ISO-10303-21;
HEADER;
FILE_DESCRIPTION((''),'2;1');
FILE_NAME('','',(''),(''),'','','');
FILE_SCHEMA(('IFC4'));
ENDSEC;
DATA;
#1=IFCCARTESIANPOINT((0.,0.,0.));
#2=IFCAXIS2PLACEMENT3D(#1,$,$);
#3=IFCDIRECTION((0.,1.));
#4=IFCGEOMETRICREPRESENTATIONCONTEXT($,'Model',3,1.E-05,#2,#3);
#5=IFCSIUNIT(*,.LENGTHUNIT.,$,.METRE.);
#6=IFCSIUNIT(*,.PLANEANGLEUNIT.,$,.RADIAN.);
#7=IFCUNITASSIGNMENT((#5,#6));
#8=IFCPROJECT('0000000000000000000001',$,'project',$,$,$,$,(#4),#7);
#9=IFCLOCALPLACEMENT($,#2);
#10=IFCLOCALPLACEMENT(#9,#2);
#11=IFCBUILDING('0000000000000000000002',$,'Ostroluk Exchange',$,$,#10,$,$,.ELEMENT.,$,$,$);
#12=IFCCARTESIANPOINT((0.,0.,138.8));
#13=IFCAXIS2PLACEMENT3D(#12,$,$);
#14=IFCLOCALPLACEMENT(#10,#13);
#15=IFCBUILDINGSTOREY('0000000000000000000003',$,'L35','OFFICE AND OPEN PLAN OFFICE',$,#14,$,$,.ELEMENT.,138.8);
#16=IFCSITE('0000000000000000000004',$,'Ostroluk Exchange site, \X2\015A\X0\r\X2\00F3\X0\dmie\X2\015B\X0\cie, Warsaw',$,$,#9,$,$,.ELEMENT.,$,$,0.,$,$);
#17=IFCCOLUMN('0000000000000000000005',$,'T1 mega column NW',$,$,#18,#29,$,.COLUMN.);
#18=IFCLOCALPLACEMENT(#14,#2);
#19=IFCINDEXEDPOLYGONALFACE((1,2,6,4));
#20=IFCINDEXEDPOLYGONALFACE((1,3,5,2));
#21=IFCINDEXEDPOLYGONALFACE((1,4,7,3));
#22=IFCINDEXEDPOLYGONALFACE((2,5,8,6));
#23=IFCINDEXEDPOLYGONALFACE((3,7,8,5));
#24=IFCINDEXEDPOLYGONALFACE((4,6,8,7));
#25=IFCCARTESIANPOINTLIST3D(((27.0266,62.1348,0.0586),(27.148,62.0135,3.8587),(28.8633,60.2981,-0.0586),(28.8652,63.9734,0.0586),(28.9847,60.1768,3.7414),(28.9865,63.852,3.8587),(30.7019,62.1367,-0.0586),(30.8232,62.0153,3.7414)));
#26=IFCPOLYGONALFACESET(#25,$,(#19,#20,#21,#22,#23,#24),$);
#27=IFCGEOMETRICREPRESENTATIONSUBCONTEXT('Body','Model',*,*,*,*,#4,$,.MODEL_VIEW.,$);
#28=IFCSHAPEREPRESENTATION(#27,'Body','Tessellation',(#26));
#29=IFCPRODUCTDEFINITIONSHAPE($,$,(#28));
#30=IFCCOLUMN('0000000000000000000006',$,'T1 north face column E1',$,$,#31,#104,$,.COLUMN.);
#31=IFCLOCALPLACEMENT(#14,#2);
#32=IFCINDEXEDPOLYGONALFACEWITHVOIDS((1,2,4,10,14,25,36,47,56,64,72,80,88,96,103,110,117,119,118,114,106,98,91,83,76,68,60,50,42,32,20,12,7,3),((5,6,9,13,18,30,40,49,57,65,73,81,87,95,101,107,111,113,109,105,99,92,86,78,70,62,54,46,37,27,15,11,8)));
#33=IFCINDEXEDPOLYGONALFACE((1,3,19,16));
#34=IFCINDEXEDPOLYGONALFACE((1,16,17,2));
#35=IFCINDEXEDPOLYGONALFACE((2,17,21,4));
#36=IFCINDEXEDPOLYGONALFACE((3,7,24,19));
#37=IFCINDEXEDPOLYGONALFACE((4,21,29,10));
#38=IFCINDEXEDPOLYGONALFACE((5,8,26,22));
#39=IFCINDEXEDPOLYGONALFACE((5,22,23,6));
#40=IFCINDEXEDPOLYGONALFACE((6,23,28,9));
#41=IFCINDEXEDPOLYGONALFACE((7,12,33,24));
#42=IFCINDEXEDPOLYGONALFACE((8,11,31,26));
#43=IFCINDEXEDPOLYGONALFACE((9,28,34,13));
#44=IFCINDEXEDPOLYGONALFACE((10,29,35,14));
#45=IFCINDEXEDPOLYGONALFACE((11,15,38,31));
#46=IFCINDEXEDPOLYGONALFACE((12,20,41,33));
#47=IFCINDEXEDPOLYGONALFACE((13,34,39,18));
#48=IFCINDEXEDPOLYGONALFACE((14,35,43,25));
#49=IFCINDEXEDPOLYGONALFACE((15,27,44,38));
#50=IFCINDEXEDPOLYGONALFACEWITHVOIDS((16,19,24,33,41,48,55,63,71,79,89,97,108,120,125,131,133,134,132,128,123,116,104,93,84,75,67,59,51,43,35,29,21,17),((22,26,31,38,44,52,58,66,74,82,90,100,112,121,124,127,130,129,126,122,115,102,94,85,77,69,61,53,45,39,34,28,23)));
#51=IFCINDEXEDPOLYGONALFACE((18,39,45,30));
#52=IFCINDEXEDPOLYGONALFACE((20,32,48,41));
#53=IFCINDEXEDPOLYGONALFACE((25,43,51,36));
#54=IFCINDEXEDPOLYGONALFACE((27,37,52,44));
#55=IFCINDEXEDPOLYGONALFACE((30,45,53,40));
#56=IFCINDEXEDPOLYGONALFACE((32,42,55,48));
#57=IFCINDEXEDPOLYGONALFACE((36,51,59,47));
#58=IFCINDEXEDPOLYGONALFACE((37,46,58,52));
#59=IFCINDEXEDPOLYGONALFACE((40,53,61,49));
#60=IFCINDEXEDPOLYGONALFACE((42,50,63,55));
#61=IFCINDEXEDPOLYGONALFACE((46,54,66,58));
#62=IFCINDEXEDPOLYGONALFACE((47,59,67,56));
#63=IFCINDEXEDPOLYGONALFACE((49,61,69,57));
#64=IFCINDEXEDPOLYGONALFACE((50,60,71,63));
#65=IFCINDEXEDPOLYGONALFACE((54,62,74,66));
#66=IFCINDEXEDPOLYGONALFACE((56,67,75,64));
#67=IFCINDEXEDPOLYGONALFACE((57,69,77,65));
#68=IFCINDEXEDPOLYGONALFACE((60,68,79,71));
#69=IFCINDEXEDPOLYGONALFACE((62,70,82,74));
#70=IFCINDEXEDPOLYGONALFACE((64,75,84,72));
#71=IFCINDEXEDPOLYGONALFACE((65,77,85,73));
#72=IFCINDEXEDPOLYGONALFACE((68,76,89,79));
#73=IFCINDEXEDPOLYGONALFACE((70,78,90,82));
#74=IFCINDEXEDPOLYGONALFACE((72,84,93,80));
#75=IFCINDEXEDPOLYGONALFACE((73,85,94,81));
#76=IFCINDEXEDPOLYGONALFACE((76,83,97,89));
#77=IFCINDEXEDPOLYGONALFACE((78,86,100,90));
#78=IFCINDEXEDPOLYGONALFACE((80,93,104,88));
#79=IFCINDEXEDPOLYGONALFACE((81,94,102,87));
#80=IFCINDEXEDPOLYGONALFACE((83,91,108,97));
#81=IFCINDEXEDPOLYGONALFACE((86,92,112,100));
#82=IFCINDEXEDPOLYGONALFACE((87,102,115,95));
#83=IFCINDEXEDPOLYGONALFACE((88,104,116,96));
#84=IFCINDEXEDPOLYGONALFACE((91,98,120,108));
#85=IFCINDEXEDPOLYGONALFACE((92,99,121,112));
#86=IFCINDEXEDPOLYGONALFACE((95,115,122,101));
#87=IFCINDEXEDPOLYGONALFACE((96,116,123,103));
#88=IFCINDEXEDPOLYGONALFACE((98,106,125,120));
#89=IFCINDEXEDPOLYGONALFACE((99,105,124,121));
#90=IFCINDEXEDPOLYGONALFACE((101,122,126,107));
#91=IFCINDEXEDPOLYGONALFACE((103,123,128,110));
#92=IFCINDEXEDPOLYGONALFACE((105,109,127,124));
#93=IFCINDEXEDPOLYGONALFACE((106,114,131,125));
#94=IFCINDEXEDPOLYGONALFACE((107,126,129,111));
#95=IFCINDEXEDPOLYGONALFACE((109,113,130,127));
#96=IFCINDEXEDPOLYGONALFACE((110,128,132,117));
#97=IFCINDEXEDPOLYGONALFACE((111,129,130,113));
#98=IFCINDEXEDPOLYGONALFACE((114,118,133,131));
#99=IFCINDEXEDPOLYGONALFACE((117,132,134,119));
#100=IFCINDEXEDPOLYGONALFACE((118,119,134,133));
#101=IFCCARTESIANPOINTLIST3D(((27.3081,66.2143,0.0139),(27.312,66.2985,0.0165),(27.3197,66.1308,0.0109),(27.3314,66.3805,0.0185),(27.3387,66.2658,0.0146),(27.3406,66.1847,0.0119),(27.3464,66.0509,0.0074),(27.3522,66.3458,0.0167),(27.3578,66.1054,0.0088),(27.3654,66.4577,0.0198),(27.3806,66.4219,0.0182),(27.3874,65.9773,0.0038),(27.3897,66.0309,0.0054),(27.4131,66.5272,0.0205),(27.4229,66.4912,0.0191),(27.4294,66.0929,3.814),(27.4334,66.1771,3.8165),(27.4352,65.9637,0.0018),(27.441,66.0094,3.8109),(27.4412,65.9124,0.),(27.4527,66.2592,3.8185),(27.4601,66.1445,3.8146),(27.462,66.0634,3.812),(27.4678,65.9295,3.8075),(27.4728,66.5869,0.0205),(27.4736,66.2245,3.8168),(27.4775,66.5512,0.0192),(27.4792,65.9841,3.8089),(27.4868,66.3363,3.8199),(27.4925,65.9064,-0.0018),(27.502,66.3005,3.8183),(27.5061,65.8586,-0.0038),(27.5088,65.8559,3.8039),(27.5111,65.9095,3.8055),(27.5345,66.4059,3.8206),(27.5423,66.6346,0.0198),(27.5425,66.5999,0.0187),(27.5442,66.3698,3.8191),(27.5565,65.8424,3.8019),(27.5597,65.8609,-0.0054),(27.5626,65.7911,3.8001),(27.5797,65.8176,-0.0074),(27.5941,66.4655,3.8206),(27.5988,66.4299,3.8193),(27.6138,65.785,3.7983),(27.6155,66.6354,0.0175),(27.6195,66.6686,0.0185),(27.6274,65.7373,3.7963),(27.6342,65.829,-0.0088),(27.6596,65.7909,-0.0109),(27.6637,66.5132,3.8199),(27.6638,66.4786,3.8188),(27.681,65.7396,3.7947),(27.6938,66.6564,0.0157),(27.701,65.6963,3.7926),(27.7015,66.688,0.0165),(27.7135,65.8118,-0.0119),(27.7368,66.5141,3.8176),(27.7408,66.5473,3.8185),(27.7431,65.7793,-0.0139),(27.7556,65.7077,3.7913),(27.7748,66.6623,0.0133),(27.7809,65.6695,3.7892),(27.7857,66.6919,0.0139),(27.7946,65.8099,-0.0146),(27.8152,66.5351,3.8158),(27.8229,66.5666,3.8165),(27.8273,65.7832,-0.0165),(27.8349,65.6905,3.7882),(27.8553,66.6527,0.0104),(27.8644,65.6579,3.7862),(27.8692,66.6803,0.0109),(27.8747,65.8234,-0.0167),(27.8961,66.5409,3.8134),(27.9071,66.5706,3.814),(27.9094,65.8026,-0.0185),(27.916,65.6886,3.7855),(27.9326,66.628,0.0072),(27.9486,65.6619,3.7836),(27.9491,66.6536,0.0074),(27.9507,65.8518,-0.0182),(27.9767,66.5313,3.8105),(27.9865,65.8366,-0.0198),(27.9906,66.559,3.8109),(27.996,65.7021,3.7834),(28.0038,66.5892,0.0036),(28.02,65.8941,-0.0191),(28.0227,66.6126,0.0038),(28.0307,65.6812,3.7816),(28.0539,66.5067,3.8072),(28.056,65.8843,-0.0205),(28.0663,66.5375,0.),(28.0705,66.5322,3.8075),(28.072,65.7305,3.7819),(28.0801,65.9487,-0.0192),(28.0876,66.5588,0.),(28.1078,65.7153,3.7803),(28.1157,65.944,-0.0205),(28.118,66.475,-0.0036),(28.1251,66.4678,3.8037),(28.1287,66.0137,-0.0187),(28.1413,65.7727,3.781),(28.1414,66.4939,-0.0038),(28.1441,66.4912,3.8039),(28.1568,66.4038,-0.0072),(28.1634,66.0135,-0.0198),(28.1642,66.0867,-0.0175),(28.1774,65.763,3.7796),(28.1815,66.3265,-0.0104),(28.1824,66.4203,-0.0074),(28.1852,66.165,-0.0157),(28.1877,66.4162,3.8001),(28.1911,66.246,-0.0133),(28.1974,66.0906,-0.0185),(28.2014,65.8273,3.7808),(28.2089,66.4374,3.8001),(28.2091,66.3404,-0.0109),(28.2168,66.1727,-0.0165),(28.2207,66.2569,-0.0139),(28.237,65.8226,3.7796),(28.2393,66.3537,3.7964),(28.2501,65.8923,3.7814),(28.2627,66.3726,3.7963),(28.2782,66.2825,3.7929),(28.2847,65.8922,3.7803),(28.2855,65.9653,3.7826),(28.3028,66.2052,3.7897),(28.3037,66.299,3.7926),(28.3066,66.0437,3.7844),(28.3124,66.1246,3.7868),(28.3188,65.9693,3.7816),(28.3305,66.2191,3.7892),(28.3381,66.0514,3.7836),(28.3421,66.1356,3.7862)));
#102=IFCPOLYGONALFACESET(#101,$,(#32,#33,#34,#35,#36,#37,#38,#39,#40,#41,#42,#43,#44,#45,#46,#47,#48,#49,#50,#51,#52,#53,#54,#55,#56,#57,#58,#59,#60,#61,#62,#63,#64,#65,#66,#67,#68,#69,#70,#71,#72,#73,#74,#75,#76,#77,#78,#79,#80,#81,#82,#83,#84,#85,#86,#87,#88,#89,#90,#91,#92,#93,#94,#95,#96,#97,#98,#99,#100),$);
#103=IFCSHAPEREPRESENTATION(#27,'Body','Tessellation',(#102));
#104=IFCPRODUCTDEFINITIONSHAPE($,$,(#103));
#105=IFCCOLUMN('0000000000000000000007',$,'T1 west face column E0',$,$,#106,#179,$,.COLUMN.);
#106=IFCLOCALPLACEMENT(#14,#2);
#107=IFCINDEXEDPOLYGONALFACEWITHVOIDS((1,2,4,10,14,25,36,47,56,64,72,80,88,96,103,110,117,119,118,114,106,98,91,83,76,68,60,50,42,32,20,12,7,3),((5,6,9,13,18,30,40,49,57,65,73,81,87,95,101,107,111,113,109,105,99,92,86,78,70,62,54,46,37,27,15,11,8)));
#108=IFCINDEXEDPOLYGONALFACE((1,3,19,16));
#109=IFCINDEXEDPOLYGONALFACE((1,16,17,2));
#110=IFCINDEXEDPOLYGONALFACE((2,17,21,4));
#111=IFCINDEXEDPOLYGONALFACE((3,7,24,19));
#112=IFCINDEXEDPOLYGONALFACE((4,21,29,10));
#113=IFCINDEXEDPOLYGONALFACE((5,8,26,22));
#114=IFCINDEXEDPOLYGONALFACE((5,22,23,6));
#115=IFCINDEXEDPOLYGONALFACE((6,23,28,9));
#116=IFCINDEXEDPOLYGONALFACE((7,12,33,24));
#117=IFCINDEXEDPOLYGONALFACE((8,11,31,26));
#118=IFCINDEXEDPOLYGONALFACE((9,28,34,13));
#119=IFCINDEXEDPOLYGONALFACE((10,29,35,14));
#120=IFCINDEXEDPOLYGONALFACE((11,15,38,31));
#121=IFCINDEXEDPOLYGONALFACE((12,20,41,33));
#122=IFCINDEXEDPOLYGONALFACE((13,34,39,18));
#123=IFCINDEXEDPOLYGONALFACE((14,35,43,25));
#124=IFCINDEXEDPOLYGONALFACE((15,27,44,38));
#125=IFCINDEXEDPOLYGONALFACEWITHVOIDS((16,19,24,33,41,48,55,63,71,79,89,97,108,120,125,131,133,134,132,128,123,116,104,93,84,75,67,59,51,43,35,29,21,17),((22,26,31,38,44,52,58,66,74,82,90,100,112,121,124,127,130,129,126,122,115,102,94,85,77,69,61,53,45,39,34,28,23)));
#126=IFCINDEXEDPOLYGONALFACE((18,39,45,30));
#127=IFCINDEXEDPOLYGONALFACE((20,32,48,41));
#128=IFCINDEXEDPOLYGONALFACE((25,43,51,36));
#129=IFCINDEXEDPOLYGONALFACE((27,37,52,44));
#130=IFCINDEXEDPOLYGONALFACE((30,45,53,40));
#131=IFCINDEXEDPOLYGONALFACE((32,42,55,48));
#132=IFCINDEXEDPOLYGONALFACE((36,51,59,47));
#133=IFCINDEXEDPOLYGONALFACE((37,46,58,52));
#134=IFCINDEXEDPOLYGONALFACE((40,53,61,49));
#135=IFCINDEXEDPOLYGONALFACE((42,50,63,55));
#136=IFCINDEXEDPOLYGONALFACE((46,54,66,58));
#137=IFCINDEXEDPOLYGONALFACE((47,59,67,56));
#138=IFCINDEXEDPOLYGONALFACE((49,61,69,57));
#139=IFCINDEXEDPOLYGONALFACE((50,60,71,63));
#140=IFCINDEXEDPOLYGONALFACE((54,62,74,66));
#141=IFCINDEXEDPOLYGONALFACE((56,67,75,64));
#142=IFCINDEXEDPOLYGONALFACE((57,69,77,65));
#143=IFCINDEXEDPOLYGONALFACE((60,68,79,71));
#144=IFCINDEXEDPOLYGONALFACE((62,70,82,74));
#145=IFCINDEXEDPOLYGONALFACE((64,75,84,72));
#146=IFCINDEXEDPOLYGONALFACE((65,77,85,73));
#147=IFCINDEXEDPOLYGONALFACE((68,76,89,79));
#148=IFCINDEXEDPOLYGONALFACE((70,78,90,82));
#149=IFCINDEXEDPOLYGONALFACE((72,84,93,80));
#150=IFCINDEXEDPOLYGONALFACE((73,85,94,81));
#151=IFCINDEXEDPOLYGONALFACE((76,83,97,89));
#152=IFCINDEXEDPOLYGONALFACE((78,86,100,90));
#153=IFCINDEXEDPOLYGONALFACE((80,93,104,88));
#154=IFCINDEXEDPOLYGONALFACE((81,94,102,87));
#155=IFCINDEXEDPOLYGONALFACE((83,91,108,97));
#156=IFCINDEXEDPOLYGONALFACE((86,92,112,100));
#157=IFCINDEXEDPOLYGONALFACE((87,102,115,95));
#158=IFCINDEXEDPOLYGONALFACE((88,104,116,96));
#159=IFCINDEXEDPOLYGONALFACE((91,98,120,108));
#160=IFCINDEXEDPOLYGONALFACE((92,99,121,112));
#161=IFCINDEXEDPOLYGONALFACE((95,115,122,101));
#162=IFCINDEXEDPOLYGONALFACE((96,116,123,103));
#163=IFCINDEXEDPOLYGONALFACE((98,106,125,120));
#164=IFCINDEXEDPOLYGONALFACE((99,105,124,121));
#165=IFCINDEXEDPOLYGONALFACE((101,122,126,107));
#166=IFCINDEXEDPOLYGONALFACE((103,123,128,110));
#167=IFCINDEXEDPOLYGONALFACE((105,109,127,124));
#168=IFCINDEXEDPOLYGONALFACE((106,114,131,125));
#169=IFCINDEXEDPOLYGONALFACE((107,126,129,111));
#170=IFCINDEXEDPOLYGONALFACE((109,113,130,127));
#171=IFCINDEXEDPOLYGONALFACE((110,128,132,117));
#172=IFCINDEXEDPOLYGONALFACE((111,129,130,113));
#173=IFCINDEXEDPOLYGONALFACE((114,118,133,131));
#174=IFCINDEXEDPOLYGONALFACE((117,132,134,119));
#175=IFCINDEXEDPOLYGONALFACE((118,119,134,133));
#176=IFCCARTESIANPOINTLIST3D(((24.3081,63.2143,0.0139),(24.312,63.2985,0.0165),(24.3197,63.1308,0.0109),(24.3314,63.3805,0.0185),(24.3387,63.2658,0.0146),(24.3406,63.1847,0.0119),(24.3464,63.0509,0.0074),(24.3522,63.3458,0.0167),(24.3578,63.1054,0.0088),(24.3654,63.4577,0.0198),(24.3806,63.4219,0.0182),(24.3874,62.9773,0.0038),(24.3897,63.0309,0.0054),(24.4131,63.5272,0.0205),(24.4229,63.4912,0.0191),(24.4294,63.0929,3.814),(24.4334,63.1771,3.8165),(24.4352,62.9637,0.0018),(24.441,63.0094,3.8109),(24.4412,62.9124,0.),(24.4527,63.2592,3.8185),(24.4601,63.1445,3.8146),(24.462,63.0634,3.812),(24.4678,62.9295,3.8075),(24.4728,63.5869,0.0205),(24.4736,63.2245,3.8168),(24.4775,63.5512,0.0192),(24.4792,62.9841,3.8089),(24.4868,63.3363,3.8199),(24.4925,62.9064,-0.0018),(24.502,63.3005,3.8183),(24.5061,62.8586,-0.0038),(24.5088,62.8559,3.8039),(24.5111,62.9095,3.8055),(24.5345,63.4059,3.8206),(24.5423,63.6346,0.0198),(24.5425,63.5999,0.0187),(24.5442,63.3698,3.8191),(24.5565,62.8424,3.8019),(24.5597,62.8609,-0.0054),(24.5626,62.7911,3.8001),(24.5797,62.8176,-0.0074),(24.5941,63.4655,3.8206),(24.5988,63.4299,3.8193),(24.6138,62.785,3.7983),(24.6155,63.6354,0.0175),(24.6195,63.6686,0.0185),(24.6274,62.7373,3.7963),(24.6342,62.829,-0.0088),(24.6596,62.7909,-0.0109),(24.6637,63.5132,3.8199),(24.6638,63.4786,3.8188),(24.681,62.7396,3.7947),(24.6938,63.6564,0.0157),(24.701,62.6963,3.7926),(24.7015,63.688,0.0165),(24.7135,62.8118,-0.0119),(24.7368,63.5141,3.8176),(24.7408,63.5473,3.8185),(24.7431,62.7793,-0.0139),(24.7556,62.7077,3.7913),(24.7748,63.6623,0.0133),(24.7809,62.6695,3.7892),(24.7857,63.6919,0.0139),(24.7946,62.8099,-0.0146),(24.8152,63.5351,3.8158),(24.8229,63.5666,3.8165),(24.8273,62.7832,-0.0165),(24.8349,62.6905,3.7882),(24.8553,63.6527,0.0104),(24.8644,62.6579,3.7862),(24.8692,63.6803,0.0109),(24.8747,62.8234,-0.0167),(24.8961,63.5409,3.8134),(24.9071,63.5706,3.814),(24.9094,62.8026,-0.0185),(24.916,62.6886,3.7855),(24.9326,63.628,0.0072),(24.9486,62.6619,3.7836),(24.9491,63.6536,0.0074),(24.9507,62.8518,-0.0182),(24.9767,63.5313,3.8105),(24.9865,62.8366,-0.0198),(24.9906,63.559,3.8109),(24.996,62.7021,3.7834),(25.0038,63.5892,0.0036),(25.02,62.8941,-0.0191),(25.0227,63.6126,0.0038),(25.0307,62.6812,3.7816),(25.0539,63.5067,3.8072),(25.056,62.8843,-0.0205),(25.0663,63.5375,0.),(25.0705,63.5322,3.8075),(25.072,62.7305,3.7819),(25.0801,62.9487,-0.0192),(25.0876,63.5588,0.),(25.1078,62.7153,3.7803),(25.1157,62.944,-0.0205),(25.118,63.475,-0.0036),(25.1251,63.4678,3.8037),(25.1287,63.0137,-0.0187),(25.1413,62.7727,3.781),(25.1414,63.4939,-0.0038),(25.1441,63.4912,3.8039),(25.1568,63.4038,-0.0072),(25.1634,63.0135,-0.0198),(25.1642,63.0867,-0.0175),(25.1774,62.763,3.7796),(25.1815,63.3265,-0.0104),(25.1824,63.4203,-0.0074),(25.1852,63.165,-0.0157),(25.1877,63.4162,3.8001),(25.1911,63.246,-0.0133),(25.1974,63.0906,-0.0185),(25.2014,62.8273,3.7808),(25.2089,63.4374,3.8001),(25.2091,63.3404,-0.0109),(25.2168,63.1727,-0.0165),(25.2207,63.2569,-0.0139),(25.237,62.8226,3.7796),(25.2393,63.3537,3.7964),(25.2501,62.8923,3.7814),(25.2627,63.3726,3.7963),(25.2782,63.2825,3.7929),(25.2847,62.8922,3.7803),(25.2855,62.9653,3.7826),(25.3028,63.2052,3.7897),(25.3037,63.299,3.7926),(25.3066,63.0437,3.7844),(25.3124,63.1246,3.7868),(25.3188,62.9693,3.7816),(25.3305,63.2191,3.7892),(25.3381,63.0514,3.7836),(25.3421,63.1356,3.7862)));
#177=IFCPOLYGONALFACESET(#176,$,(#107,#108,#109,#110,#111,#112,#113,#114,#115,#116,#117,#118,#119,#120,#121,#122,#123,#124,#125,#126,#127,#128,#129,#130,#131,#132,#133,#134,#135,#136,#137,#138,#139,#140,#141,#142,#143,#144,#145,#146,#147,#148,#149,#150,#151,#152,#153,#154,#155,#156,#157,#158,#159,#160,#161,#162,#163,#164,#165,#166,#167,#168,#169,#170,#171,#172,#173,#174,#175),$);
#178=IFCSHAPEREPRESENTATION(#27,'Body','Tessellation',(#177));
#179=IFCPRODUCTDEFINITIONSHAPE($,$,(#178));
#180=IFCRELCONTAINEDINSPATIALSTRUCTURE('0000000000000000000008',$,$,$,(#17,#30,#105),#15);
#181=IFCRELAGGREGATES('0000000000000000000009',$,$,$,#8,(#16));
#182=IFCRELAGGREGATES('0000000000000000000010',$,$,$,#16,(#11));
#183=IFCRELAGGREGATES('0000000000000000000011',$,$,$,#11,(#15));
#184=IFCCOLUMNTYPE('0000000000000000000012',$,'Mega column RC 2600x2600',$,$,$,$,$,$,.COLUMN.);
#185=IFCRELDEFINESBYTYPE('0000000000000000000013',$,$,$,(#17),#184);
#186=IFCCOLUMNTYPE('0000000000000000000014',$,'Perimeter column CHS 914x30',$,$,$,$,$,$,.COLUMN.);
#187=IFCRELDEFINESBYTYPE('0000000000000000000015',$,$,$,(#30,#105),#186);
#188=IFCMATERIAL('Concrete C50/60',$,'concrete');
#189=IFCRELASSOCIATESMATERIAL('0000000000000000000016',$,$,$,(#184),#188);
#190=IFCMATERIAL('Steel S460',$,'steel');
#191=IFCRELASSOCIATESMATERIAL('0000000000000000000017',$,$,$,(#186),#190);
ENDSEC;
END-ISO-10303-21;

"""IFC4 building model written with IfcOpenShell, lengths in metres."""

from ifc_helpers import new_model, si_unit, direction, frame, origin, origin_2d, place, context, subcontext, project, spatial, rectangle, hollow_circle, extrude, material, material_profile, profile_set, type_object, element, save


model = new_model("IFC4")

# Units and contexts
model_context = context("Model", 3, precision=1e-05, world=origin(), true_north=direction((0.0, 1.0)))
body_context = subcontext(model_context, "Body", "Model", "MODEL_VIEW")
ifc_project = project(units=[si_unit("LENGTHUNIT", "METRE"), si_unit("PLANEANGLEUNIT", "RADIAN")], contexts=[model_context])

# Site, building, storey
site_placement = place(None, origin())
site = spatial("IfcSite", under=ifc_project, at=site_placement, Name="Ostroluk Exchange site, Śródmieście, Warsaw", CompositionType="ELEMENT", RefElevation=0.0)
building_placement = place(site_placement, origin())
building = spatial("IfcBuilding", under=site, at=building_placement, Name="Ostroluk Exchange", CompositionType="ELEMENT")
storey_placement = place(building_placement, frame((0.0, 0.0, 138.8)))
storey = spatial("IfcBuildingStorey", under=building, at=storey_placement, Name="L35", Description="OFFICE AND OPEN PLAN OFFICE", CompositionType="ELEMENT", Elevation=138.8)

# Columns
ifc_material_1 = material(Name="Concrete C50/60", Category="concrete")
ifc_material_profile_1 = material_profile(ifc_material_1, rectangle(XDim=2.6001, YDim=2.6001, at=origin_2d()), Name="RC 2600x2600")
ifc_profile_set_1 = profile_set([ifc_material_profile_1], Name="Concrete C50/60")
column_type_1 = type_object("IfcColumnType", Name="Mega column RC 2600x2600", PredefinedType="COLUMN", material=ifc_profile_set_1)
column_placement = place(storey_placement, frame((28.8643, 62.1357, 0.0), z_axis=(0.031898, -0.031898, 0.998982), x_axis=(0.707107, 0.707107, 0.0)))
element("IfcColumn", 1, at=column_placement, inside=storey, type_object=column_type_1, Name="T1 mega column NW", PredefinedType="COLUMN", context=body_context, shape_type="SweptSolid", body=[
    extrude(rectangle(XDim=2.6001, YDim=2.6001, at=origin_2d()), origin(), (0.0, 0.0, 1.0), 3.804),
])
ifc_material_2 = material(Name="Steel S460", Category="steel")
ifc_material_profile_2 = material_profile(ifc_material_2, hollow_circle(Radius=0.457, WallThickness=0.03, at=origin_2d()), Name="CHS 914x30")
ifc_profile_set_2 = profile_set([ifc_material_profile_2], Name="Steel S460")
column_type_2 = type_object("IfcColumnType", Name="Perimeter column CHS 914x30", PredefinedType="COLUMN", material=ifc_profile_set_2)
for number, where, z_axis, x_axis, name in (
    (2, (27.7644, 66.2356, 0.0), (0.031898, -0.031898, 0.998982), (0.707107, 0.707107, 0.0), "T1 north face column E1"),
    (3, (24.7644, 63.2356, 0.0), (0.031898, -0.031898, 0.998982), (0.707107, 0.707107, 0.0), "T1 west face column E0"),
):
    element("IfcColumn", number, at=place(storey_placement, frame(where, z_axis=z_axis, x_axis=x_axis)), inside=storey, type_object=column_type_2, Name=name, PredefinedType="COLUMN", context=body_context, shape_type="SweptSolid", body=[
        extrude(hollow_circle(Radius=0.457, WallThickness=0.03, at=origin_2d()), origin(), (0.0, 0.0, 1.0), 3.804),
    ])

save(model, "model.ifc")
